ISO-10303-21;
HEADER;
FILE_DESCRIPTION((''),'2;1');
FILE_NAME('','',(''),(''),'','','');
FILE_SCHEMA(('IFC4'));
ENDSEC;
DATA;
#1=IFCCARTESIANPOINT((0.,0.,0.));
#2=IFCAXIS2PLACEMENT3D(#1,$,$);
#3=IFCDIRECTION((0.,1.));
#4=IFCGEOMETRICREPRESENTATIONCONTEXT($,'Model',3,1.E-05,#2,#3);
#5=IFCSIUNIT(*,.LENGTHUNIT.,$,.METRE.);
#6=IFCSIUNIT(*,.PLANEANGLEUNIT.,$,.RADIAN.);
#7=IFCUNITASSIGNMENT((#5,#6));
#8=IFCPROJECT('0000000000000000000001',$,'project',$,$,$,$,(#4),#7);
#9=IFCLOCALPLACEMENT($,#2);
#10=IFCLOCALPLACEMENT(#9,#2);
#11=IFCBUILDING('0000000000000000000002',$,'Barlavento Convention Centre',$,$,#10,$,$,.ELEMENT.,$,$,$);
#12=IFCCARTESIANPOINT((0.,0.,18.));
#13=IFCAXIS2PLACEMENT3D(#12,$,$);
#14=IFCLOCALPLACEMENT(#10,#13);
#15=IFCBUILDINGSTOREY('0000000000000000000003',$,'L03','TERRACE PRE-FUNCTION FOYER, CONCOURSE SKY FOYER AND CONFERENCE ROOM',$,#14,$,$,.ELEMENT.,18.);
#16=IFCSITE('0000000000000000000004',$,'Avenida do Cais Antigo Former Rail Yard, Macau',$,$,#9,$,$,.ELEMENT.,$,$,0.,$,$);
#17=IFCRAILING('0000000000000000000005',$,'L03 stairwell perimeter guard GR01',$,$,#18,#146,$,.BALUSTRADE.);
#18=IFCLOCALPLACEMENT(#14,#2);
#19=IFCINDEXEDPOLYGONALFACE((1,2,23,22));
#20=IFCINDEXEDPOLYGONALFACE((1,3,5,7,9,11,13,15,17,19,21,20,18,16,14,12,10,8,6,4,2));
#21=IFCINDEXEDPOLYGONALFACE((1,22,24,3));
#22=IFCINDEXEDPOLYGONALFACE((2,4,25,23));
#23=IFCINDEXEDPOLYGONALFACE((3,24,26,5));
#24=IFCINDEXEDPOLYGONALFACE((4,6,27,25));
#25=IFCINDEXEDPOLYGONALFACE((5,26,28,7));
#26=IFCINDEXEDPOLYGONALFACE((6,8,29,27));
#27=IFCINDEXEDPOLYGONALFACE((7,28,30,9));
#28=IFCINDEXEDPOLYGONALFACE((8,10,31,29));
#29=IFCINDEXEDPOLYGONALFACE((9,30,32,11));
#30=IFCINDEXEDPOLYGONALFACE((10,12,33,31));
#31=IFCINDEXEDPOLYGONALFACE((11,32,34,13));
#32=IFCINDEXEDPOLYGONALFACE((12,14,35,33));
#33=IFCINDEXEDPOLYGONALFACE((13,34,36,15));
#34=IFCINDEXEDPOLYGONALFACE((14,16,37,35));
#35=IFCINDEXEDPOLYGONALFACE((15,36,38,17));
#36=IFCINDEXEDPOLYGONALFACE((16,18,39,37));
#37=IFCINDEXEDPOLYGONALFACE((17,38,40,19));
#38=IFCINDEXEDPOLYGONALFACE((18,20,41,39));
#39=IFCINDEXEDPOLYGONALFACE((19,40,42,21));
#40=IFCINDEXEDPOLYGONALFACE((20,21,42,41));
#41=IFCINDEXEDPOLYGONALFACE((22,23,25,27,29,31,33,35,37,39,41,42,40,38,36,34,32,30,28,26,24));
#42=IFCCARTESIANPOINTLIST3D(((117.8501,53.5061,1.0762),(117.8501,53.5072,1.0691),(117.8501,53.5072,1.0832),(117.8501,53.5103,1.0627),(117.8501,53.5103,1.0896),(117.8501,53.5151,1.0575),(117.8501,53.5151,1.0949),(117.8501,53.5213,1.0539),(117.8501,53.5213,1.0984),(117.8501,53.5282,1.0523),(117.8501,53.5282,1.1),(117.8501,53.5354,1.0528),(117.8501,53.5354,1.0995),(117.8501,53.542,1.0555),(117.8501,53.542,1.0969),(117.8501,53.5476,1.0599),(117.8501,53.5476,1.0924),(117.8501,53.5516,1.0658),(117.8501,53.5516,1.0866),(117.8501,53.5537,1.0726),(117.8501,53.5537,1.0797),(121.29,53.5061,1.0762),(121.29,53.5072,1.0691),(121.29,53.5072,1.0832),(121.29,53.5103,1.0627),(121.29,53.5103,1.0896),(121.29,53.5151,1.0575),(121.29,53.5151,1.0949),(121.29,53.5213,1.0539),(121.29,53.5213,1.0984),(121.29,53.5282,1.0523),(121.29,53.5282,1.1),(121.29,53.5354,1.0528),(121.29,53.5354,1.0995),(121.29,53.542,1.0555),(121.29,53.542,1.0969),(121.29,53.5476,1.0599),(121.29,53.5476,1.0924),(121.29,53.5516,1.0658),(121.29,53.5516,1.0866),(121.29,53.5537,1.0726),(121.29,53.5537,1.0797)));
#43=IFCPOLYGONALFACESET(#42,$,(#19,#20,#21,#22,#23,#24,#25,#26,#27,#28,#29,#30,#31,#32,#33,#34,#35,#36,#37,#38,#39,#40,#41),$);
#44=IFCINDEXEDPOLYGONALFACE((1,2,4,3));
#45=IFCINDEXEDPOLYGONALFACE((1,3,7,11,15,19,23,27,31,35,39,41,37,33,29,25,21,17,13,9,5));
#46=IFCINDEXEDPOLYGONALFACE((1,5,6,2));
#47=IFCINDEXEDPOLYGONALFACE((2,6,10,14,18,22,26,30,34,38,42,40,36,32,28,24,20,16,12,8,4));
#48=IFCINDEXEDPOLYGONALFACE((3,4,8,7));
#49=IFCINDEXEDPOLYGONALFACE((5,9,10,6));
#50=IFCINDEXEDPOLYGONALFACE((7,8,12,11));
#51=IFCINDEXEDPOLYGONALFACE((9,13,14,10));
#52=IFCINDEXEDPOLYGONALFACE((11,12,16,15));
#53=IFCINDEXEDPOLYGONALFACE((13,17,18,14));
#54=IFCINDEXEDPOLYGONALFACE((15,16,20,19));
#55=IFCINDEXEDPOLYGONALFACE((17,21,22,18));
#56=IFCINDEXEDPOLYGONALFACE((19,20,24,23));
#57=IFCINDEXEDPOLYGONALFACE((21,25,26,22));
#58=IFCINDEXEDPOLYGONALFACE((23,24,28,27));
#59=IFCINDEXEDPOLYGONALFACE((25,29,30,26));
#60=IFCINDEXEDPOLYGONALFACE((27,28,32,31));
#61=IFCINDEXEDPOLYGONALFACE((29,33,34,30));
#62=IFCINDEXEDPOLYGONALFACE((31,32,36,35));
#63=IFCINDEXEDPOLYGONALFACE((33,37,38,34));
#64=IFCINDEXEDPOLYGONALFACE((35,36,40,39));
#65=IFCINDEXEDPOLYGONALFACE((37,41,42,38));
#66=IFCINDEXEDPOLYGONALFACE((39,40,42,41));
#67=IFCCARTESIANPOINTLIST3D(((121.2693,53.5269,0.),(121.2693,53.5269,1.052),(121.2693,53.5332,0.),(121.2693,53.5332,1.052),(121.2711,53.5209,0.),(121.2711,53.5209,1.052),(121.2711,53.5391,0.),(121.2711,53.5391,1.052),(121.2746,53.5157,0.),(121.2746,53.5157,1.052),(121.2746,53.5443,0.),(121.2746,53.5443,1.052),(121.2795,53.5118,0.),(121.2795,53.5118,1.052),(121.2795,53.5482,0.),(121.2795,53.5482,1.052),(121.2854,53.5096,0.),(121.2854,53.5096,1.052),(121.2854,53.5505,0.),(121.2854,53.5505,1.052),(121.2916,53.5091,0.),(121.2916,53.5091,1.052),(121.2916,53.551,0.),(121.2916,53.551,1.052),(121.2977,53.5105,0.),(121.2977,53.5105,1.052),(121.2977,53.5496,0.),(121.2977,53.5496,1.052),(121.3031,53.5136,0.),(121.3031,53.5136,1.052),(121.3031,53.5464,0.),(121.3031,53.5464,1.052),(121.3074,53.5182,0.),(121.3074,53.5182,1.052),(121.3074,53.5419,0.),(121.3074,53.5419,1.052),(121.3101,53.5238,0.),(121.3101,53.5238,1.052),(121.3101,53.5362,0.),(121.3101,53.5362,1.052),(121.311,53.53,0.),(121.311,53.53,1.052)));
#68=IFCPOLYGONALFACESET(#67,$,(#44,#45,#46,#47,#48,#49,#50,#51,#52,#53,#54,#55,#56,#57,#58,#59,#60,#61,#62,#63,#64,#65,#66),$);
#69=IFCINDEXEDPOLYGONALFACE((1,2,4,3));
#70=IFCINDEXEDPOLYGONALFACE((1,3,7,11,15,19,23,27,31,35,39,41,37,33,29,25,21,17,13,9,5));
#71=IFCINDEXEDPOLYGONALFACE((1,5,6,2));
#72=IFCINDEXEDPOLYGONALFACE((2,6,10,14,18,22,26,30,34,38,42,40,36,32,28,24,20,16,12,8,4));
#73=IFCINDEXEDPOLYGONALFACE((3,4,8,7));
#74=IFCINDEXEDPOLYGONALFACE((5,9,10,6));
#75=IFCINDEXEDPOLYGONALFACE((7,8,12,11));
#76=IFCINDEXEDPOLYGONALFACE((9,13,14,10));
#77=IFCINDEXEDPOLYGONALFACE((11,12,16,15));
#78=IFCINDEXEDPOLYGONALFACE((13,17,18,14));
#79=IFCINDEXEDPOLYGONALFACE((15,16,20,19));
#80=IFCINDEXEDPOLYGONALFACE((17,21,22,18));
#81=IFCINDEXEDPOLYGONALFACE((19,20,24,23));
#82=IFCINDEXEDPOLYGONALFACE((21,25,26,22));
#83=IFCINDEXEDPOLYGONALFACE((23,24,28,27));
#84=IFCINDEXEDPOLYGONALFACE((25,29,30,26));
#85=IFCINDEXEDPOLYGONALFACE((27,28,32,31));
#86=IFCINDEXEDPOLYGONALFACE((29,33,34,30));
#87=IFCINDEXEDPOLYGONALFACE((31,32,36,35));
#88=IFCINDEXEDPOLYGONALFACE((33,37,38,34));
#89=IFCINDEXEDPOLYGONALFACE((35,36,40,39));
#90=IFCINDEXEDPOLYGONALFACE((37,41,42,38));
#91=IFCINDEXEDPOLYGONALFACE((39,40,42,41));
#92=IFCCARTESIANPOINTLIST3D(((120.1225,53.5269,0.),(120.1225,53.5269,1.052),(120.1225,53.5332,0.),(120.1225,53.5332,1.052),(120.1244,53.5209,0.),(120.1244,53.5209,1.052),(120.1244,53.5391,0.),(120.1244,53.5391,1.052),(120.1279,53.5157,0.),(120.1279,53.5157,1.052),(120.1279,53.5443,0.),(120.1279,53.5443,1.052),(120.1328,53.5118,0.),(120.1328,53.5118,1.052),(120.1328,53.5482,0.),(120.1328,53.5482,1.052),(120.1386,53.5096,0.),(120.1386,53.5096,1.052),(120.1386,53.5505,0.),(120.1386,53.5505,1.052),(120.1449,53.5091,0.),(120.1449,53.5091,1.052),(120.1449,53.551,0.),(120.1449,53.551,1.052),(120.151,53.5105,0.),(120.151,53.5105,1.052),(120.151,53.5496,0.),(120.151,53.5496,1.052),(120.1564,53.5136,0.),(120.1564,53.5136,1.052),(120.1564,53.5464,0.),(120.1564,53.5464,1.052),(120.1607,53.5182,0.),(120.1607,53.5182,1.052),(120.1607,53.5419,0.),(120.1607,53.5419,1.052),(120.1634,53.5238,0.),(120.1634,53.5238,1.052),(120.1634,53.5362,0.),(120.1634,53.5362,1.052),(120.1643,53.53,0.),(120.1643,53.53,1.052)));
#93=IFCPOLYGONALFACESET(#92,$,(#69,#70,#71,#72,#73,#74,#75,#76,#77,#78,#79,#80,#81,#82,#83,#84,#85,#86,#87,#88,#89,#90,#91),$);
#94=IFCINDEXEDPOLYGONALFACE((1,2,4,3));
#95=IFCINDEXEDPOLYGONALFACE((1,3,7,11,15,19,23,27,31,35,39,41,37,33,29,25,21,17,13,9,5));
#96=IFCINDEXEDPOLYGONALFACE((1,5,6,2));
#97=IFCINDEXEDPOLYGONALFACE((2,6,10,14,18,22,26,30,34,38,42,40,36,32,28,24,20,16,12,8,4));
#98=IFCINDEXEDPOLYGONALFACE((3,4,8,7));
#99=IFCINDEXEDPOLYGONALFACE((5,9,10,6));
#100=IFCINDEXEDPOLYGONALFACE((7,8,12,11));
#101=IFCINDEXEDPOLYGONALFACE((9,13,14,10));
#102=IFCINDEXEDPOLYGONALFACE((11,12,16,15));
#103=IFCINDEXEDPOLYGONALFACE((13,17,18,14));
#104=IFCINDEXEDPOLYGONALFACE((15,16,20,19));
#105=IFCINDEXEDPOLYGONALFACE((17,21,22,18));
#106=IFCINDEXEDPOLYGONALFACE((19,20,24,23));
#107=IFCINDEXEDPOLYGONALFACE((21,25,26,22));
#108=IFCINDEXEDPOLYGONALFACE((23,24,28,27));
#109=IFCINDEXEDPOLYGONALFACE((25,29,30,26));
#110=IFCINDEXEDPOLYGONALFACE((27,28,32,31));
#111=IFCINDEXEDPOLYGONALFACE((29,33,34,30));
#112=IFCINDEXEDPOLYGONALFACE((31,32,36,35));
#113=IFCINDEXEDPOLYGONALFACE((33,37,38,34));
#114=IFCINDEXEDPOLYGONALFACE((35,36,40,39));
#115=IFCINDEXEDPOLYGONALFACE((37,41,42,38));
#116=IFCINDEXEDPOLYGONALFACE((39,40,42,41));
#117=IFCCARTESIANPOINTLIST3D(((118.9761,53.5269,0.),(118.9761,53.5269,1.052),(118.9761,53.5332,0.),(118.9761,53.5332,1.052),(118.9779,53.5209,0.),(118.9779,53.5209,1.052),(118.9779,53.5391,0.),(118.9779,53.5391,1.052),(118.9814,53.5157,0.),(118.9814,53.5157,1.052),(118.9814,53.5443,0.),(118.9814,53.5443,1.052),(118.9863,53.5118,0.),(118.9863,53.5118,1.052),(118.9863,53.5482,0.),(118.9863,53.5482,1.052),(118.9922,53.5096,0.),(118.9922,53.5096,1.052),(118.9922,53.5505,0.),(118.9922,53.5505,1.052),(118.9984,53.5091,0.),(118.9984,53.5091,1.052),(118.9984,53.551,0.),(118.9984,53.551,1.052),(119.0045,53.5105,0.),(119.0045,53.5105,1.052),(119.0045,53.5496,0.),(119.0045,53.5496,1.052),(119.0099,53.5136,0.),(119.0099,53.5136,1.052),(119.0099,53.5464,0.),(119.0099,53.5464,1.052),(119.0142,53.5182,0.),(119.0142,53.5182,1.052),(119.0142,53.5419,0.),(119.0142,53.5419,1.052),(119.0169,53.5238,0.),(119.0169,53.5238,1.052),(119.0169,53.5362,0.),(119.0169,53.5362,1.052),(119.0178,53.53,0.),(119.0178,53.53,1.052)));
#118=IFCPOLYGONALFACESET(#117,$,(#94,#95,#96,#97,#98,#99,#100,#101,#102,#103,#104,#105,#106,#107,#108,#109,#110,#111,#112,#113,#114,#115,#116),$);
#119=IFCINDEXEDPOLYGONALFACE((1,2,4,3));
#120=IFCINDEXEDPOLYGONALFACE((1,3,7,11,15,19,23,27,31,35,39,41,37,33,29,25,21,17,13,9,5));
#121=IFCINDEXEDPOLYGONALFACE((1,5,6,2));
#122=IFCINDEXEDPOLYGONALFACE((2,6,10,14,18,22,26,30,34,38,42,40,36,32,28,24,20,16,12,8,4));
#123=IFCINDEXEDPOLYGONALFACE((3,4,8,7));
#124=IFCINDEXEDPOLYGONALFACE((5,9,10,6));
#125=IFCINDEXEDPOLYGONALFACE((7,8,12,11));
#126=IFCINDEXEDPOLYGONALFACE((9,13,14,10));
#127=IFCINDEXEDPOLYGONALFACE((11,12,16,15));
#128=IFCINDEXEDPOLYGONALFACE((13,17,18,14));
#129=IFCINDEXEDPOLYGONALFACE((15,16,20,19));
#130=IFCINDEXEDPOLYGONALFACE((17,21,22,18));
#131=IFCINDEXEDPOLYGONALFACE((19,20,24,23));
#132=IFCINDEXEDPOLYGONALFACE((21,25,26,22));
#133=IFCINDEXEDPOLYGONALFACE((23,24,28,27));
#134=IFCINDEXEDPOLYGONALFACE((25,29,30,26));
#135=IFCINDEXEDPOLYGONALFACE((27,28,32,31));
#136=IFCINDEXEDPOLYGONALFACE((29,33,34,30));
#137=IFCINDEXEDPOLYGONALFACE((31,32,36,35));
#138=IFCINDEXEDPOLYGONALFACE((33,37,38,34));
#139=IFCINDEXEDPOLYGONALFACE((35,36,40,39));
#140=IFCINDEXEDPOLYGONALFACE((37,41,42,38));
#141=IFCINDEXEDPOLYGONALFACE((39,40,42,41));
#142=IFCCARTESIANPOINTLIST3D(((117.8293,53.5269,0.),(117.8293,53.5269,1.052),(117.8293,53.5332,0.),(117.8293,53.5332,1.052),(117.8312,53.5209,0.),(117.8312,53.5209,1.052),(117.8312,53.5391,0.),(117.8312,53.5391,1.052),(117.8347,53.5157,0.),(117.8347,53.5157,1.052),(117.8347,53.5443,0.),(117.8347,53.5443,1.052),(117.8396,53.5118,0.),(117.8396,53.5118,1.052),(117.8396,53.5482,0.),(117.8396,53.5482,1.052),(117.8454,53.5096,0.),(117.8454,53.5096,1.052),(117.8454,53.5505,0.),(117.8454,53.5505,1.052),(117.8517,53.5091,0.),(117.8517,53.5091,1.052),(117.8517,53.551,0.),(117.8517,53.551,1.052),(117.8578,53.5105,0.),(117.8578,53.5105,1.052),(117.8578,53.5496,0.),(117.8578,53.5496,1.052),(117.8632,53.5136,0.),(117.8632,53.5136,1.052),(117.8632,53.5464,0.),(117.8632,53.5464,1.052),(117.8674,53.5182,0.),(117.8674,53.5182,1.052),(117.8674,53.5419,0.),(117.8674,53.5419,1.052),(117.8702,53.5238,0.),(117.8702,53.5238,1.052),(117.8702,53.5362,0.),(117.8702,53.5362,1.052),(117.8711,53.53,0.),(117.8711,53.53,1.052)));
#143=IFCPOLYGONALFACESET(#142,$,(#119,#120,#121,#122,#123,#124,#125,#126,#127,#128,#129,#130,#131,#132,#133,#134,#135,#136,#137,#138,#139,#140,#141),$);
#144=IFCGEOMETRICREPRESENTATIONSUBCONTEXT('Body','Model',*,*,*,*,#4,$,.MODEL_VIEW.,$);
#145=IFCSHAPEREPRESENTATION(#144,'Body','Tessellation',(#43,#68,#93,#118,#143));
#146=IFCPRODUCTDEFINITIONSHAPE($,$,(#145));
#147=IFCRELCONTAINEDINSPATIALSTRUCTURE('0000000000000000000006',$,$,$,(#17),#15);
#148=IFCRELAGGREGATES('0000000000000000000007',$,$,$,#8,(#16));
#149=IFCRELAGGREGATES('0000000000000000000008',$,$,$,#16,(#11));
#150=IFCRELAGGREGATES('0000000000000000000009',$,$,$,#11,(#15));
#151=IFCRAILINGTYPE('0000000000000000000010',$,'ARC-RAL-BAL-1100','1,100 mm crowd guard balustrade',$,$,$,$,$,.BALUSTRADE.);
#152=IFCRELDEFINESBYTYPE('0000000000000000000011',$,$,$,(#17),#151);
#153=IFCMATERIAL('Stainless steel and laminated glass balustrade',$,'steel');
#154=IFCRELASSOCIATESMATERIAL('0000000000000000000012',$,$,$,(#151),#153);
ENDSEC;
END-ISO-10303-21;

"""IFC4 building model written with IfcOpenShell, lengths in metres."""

from ifc_helpers import new_model, si_unit, direction, frame, origin, origin_2d, place, context, subcontext, project, spatial, circle, extrude, material, type_object, element, save


model = new_model("IFC4")

# Units and contexts
model_context = context("Model", 3, precision=1e-05, world=origin(), true_north=direction((0.0, 1.0)))
body_context = subcontext(model_context, "Body", "Model", "MODEL_VIEW")
ifc_project = project(units=[si_unit("LENGTHUNIT", "METRE"), si_unit("PLANEANGLEUNIT", "RADIAN")], contexts=[model_context])

# Site, building, storey
site_placement = place(None, origin())
site = spatial("IfcSite", under=ifc_project, at=site_placement, Name="Avenida do Cais Antigo Former Rail Yard, Macau", CompositionType="ELEMENT", RefElevation=0.0)
building_placement = place(site_placement, origin())
building = spatial("IfcBuilding", under=site, at=building_placement, Name="Barlavento Convention Centre", CompositionType="ELEMENT")
storey_placement = place(building_placement, frame((0.0, 0.0, 18.0)))
storey = spatial("IfcBuildingStorey", under=building, at=storey_placement, Name="L03", Description="TERRACE PRE-FUNCTION FOYER, CONCOURSE SKY FOYER AND CONFERENCE ROOM", CompositionType="ELEMENT", Elevation=18.0)

# Railing
ifc_material_1 = material(Name="Stainless steel and laminated glass balustrade", Category="steel")
railing_type = type_object("IfcRailingType", Name="ARC-RAL-BAL-1100", Description="1,100 mm crowd guard balustrade", PredefinedType="BALUSTRADE", material=ifc_material_1)
railing_1_placement = place(storey_placement, frame((121.29, 53.53, 0.0)))
element("IfcRailing", 1, at=railing_1_placement, inside=storey, type_object=railing_type, Name="L03 stairwell perimeter guard GR01", PredefinedType="BALUSTRADE", context=body_context, shape_type="SweptSolid", body=[
    extrude(circle(Radius=0.0239, at=origin_2d()), frame((0.0, 0.0, 1.0762), z_axis=(-1.0, 0.0, 0.0), x_axis=(0.0, -1.0, 0.0)), (0.0, 0.0, 1.0), 3.4399),
    extrude(circle(Radius=0.021, at=origin_2d()), origin(), (0.0, 0.0, 1.0), 1.052),
    extrude(circle(Radius=0.021, at=origin_2d()), frame((-1.1467, 0.0, 0.0)), (0.0, 0.0, 1.0), 1.052),
    extrude(circle(Radius=0.021, at=origin_2d()), frame((-2.2932, 0.0, 0.0)), (0.0, 0.0, 1.0), 1.052),
    extrude(circle(Radius=0.021, at=origin_2d()), frame((-3.4399, 0.0, 0.0)), (0.0, 0.0, 1.0), 1.052),
])

save(model, "model.ifc")
